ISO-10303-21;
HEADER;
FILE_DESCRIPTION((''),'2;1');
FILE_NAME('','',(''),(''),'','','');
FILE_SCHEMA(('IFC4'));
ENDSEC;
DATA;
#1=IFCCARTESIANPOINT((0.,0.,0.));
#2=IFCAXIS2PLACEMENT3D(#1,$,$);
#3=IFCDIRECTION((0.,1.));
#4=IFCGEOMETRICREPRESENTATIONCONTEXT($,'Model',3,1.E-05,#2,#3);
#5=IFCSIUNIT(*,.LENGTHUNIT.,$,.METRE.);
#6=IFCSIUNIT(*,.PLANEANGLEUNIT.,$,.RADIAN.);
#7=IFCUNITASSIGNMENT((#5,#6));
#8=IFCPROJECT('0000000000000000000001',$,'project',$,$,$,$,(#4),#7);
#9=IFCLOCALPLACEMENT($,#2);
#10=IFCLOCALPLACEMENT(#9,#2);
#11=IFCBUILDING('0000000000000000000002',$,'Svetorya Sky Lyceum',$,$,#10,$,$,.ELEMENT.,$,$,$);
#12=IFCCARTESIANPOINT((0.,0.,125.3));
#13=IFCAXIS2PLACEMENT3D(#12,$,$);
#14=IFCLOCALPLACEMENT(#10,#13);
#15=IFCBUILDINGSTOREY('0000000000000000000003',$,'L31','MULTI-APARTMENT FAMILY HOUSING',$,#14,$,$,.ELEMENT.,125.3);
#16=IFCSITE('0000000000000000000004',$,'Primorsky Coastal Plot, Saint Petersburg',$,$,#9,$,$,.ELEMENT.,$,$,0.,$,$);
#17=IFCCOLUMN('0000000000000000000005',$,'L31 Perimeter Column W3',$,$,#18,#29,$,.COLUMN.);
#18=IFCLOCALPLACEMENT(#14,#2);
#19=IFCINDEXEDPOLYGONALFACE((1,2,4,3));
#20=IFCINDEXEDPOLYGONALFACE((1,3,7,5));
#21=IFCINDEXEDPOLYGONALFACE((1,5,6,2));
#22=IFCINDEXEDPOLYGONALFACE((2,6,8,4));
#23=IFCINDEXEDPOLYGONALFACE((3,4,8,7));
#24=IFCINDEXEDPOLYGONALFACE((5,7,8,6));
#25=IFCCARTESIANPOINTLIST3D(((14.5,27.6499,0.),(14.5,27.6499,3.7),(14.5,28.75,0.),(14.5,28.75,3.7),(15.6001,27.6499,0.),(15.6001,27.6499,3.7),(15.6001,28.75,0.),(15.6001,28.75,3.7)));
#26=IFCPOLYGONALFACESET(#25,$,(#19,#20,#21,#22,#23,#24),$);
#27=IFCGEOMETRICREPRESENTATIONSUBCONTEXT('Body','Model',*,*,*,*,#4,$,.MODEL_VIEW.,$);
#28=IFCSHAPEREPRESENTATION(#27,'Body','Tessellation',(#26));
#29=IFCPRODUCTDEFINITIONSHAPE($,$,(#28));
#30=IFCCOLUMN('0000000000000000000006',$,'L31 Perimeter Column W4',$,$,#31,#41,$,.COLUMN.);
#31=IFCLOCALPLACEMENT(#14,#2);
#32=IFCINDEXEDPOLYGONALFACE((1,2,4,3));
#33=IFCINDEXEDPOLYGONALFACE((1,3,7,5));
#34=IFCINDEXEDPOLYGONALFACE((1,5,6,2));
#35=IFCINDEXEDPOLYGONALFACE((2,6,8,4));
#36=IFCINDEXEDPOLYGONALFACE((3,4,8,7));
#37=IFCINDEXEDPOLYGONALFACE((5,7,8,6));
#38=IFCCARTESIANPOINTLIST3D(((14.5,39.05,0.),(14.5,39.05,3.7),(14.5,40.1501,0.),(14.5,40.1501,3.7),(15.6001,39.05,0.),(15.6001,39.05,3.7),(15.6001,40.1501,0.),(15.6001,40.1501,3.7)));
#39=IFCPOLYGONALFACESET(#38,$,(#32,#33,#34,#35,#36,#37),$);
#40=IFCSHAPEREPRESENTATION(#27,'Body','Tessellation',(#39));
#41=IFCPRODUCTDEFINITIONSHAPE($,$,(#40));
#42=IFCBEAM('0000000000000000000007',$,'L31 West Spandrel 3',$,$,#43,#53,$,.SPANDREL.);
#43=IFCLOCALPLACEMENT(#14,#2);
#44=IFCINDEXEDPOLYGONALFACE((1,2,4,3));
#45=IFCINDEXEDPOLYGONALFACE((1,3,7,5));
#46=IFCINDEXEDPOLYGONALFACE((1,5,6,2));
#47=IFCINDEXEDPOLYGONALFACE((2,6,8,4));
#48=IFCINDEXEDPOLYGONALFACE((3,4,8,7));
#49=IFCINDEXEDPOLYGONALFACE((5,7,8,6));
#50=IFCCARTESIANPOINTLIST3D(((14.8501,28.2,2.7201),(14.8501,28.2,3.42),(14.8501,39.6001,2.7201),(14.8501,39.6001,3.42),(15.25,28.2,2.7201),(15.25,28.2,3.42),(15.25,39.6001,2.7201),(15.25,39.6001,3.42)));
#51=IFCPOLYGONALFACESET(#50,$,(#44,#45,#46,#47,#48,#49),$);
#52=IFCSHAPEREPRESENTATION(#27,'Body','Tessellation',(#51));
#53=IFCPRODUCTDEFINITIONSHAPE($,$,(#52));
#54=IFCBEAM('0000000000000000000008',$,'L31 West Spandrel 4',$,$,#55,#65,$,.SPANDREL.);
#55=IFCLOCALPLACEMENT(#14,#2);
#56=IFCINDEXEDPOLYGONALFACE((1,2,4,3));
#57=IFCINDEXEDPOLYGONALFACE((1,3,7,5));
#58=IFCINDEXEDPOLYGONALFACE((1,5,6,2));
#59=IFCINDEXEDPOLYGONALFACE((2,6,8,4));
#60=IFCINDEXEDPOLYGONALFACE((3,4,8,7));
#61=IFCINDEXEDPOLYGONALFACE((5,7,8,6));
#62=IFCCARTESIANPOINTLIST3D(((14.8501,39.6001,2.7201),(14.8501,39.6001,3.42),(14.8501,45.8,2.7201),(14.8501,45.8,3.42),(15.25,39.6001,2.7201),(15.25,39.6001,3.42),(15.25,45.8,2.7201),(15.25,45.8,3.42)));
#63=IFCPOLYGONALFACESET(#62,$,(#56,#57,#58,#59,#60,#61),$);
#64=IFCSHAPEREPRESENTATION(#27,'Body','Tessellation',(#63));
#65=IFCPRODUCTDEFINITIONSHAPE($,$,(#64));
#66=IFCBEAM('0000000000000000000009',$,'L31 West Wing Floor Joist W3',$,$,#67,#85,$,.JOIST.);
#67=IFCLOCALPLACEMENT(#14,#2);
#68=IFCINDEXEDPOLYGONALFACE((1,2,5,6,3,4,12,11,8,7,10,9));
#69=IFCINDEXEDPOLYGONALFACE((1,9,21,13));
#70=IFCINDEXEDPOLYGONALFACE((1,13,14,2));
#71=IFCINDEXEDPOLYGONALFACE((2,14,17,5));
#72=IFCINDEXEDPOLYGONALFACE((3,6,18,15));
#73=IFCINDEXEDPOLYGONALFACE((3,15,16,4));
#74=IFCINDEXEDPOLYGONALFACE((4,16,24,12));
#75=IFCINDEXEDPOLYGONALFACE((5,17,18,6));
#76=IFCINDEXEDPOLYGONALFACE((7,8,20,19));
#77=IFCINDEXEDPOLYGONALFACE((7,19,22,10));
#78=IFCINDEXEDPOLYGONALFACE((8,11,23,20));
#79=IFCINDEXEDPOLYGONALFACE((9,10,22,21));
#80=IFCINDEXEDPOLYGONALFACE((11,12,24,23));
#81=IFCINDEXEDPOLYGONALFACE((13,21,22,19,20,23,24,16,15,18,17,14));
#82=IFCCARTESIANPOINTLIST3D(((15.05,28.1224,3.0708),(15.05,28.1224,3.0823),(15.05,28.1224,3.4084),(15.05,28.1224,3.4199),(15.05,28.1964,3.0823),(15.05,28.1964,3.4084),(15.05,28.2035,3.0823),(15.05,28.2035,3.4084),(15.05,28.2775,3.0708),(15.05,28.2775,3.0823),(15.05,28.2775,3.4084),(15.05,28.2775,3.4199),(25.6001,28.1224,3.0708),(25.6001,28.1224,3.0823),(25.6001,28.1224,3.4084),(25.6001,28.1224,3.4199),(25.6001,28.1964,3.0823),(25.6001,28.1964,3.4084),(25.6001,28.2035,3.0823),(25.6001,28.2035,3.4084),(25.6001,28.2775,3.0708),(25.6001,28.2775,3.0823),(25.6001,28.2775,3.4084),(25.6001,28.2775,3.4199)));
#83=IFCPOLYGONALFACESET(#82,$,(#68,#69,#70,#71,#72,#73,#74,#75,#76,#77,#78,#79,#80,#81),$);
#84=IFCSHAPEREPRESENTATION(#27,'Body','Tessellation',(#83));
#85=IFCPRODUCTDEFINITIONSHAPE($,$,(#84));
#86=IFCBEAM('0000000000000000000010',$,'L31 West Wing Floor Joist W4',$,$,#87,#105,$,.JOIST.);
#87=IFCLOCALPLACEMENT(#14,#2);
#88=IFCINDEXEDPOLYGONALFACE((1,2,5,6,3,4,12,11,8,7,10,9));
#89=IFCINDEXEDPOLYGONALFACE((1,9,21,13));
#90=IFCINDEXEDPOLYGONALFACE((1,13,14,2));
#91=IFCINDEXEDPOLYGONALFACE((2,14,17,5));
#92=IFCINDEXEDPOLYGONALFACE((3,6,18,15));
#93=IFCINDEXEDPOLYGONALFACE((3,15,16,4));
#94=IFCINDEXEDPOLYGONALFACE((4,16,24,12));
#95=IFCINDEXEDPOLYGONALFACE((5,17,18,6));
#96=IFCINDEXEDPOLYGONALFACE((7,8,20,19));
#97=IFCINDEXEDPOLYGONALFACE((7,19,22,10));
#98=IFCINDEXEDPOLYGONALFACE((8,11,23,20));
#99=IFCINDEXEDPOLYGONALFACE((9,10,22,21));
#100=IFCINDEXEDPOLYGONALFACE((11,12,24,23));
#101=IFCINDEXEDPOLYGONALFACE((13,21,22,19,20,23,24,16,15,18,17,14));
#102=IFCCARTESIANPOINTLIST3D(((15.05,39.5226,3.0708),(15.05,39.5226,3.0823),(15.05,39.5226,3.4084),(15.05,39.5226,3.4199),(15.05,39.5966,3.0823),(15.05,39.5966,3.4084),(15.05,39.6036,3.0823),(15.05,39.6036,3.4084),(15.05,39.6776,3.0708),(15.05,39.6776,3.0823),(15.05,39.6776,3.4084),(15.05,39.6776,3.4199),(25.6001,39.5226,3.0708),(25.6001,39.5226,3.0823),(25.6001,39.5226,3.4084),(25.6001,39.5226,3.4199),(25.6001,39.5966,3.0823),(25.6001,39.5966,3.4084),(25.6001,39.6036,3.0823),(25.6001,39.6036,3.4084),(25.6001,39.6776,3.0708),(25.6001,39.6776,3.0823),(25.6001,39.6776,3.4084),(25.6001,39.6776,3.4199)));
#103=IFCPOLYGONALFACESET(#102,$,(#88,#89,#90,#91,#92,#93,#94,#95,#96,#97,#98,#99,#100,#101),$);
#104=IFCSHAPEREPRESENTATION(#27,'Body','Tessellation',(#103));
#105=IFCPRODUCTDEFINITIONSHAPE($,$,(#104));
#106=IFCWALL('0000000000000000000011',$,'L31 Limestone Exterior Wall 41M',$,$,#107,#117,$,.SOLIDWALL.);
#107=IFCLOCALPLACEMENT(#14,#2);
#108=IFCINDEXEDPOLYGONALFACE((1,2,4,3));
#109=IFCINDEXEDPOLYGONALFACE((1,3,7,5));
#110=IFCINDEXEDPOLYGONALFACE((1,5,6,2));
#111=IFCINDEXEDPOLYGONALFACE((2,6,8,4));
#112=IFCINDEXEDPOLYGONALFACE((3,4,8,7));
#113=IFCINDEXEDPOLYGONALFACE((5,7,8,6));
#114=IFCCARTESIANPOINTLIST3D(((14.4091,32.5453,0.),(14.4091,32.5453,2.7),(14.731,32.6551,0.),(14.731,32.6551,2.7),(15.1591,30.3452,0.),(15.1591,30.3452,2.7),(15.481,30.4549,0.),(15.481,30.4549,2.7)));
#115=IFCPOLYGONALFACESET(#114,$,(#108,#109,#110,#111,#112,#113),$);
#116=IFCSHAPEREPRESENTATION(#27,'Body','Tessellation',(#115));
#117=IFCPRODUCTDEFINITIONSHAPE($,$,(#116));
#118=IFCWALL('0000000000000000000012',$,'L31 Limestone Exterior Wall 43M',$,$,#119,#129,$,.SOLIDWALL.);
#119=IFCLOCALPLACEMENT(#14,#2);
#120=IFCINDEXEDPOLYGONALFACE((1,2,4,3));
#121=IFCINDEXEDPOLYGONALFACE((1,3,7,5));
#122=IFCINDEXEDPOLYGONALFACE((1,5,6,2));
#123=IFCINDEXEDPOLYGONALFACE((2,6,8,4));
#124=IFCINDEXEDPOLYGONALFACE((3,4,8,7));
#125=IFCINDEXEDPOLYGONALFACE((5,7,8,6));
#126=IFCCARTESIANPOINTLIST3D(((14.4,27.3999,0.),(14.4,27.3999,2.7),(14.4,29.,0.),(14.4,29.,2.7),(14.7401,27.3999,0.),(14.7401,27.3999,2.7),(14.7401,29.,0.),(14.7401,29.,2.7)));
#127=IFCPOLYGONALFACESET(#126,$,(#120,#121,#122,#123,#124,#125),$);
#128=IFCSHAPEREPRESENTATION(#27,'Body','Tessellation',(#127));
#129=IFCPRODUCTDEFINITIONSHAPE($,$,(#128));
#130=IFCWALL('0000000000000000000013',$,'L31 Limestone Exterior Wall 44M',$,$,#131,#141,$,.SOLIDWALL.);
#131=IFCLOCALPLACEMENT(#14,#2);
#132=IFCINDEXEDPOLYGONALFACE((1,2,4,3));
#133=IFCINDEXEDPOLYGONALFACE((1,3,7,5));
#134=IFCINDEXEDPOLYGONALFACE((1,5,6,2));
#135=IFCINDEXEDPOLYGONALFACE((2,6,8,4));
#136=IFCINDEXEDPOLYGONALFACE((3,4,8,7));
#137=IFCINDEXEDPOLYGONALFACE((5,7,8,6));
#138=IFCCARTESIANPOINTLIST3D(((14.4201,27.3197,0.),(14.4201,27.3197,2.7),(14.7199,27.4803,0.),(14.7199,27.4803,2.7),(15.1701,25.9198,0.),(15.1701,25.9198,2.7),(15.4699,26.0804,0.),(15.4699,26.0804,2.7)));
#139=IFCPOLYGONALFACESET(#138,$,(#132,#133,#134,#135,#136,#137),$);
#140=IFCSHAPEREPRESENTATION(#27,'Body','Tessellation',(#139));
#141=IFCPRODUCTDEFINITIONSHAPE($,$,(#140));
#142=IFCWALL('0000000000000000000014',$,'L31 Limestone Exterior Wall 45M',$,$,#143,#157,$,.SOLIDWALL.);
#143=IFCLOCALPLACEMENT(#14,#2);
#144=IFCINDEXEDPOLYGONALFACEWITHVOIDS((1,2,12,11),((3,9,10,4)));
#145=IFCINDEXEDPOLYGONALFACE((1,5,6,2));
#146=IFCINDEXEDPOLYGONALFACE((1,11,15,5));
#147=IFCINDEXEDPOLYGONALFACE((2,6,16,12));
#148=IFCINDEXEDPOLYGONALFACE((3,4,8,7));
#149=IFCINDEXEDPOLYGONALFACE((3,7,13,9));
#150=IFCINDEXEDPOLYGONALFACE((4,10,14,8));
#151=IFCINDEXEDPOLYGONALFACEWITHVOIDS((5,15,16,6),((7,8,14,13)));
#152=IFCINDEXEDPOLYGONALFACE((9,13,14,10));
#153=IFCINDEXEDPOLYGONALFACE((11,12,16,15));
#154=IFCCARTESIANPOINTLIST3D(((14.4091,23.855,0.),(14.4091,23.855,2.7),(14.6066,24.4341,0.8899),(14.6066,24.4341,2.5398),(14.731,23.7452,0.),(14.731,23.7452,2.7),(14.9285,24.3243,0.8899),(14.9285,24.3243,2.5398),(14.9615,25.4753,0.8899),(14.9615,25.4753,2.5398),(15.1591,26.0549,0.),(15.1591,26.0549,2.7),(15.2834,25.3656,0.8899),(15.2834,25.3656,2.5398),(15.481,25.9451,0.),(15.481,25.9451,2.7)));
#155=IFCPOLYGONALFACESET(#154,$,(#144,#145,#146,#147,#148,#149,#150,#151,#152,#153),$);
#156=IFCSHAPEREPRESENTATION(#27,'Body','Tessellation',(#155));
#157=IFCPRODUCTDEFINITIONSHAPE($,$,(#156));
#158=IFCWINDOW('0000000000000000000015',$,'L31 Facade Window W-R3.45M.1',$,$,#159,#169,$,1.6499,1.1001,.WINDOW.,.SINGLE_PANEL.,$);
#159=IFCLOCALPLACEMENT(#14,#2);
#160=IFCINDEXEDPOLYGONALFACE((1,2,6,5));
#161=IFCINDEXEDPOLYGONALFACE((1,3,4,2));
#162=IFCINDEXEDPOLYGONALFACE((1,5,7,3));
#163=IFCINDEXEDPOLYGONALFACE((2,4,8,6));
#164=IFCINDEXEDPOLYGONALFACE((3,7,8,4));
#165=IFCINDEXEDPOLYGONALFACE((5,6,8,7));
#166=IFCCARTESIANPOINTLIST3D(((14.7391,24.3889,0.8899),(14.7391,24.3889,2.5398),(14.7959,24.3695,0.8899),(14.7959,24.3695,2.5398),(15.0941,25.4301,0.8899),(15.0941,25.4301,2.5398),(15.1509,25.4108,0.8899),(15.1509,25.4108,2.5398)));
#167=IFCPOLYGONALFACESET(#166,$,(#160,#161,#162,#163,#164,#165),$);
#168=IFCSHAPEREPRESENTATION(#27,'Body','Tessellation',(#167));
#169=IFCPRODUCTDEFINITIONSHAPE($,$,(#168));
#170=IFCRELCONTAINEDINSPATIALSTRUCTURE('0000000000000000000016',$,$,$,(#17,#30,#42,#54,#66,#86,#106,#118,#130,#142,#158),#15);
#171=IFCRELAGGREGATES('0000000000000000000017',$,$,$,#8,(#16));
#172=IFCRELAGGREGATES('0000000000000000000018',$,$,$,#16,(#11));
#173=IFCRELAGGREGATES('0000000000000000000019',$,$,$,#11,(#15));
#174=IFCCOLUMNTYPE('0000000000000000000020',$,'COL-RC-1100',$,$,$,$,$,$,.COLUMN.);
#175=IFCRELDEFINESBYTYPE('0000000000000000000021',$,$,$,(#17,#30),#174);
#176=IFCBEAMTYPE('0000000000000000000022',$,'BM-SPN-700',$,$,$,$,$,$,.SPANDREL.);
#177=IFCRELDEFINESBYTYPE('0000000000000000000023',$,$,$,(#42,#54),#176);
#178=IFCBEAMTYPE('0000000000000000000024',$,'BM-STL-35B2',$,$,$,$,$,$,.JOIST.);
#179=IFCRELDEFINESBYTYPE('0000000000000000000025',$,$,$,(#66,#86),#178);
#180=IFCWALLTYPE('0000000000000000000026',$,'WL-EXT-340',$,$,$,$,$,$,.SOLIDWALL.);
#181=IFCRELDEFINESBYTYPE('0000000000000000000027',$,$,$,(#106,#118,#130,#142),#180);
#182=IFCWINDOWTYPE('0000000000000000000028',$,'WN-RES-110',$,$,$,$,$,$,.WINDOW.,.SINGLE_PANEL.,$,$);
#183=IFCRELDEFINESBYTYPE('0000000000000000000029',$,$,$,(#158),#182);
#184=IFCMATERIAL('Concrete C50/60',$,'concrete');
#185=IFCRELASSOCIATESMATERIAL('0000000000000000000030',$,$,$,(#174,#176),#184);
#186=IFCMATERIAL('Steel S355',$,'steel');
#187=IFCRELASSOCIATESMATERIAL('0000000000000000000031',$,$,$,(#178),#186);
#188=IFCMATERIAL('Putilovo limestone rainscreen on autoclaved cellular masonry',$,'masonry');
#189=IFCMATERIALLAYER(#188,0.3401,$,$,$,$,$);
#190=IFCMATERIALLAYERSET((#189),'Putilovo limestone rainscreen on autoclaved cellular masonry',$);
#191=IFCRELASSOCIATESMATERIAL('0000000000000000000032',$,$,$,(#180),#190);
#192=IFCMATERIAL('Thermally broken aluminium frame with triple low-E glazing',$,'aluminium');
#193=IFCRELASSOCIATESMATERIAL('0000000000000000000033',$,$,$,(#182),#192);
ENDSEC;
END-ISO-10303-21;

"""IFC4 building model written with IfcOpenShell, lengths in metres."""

from ifc_helpers import new_model, si_unit, direction, frame, frame_2d, origin, origin_2d, place, context, subcontext, project, spatial, rectangle, i_section, extrude, material, layer, layer_set, material_profile, profile_set, type_object, element, fill, save


model = new_model("IFC4")

# Units and contexts
model_context = context("Model", 3, precision=1e-05, world=origin(), true_north=direction((0.0, 1.0)))
body_context = subcontext(model_context, "Body", "Model", "MODEL_VIEW")
ifc_project = project(units=[si_unit("LENGTHUNIT", "METRE"), si_unit("PLANEANGLEUNIT", "RADIAN")], contexts=[model_context])

# Site, building, storey
site_placement = place(None, origin())
site = spatial("IfcSite", under=ifc_project, at=site_placement, Name="Primorsky Coastal Plot, Saint Petersburg", CompositionType="ELEMENT", RefElevation=0.0)
building_placement = place(site_placement, origin())
building = spatial("IfcBuilding", under=site, at=building_placement, Name="Svetorya Sky Lyceum", CompositionType="ELEMENT")
storey_placement = place(building_placement, frame((0.0, 0.0, 125.3)))
storey = spatial("IfcBuildingStorey", under=building, at=storey_placement, Name="L31", Description="MULTI-APARTMENT FAMILY HOUSING", CompositionType="ELEMENT", Elevation=125.3)

# Columns
ifc_material_1 = material(Name="Concrete C50/60", Category="concrete")
ifc_material_profile_1 = material_profile(ifc_material_1, rectangle(XDim=1.1001, YDim=1.1001, at=origin_2d()), Name="RC COL 1100x1100")
ifc_profile_set_1 = profile_set([ifc_material_profile_1], Name="Concrete C50/60")
column_type = type_object("IfcColumnType", Name="COL-RC-1100", PredefinedType="COLUMN", material=ifc_profile_set_1)
for number, where, z_axis, x_axis, name in (
    (1, (15.05, 28.2, 0.0), (0.0, 0.0, 1.0), (1.0, 0.0, 0.0), "L31 Perimeter Column W3"),
    (2, (15.05, 39.6001, 0.0), (0.0, 0.0, 1.0), (1.0, 0.0, 0.0), "L31 Perimeter Column W4"),
):
    element("IfcColumn", number, at=place(storey_placement, frame(where, z_axis=z_axis, x_axis=x_axis)), inside=storey, type_object=column_type, Name=name, PredefinedType="COLUMN", context=body_context, shape_type="SweptSolid", body=[
        extrude(rectangle(XDim=1.1001, YDim=1.1001, at=origin_2d()), origin(), (0.0, 0.0, 1.0), 3.7),
    ])

# Beams
ifc_material_profile_2 = material_profile(ifc_material_1, rectangle(XDim=0.3999, YDim=0.7, at=origin_2d()), Name="RC SPANDREL 400x700")
ifc_profile_set_2 = profile_set([ifc_material_profile_2], Name="Concrete C50/60")
beam_type_1 = type_object("IfcBeamType", Name="BM-SPN-700", PredefinedType="SPANDREL", material=ifc_profile_set_2)
beam_1_placement = place(storey_placement, frame((15.05, 28.2, 3.0701), z_axis=(0.0, 1.0, 0.0), x_axis=(-1.0, 0.0, 0.0)))
element("IfcBeam", 3, at=beam_1_placement, inside=storey, type_object=beam_type_1, Name="L31 West Spandrel 3", PredefinedType="SPANDREL", context=body_context, shape_type="SweptSolid", body=[
    extrude(rectangle(XDim=0.3999, YDim=0.7, at=origin_2d()), origin(), (0.0, 0.0, 1.0), 11.4001),
])
beam_2_placement = place(storey_placement, frame((15.05, 39.6001, 3.0701), z_axis=(0.0, 1.0, 0.0), x_axis=(-1.0, 0.0, 0.0)))
element("IfcBeam", 4, at=beam_2_placement, inside=storey, type_object=beam_type_1, Name="L31 West Spandrel 4", PredefinedType="SPANDREL", context=body_context, shape_type="SweptSolid", body=[
    extrude(rectangle(XDim=0.3999, YDim=0.7, at=origin_2d()), origin(), (0.0, 0.0, 1.0), 6.2),
])
ifc_material_2 = material(Name="Steel S355", Category="steel")
ifc_material_profile_3 = material_profile(ifc_material_2, i_section(OverallWidth=0.155, OverallDepth=0.3491, WebThickness=0.0071, FlangeThickness=0.0115, at=origin_2d()), Name="GOST 35B2")
ifc_profile_set_3 = profile_set([ifc_material_profile_3], Name="Steel S355")
beam_type_2 = type_object("IfcBeamType", Name="BM-STL-35B2", PredefinedType="JOIST", material=ifc_profile_set_3)
for number, where, z_axis, x_axis, name in (
    (5, (15.05, 28.2, 3.2454), (1.0, 0.0, 0.0), (0.0, 1.0, 0.0), "L31 West Wing Floor Joist W3"),
    (6, (15.05, 39.6001, 3.2454), (1.0, 0.0, 0.0), (0.0, 1.0, 0.0), "L31 West Wing Floor Joist W4"),
):
    element("IfcBeam", number, at=place(storey_placement, frame(where, z_axis=z_axis, x_axis=x_axis)), inside=storey, type_object=beam_type_2, Name=name, PredefinedType="JOIST", context=body_context, shape_type="SweptSolid", body=[
        extrude(i_section(OverallWidth=0.155, OverallDepth=0.3491, WebThickness=0.0071, FlangeThickness=0.0115, at=origin_2d()), origin(), (0.0, 0.0, 1.0), 10.55),
    ])

# Walls
ifc_material_3 = material(Name="Putilovo limestone rainscreen on autoclaved cellular masonry", Category="masonry")
ifc_layer_1 = layer(ifc_material_3, 0.3401)
ifc_layer_set_1 = layer_set([ifc_layer_1], Name="Putilovo limestone rainscreen on autoclaved cellular masonry")
wall_type_1 = type_object("IfcWallType", Name="WL-EXT-340", PredefinedType="SOLIDWALL", material=ifc_layer_set_1)
wall_1_placement = place(storey_placement, frame((14.5701, 32.6001, 0.0), z_axis=(0.0, 0.0, 1.0), x_axis=(0.322648, -0.946519, 0.0)))
element("IfcWall", 7, at=wall_1_placement, inside=storey, type_object=wall_type_1, Name="L31 Limestone Exterior Wall 41M", PredefinedType="SOLIDWALL", context=body_context, shape_type="SweptSolid", body=[
    extrude(rectangle(XDim=2.3245, YDim=0.3401, at=frame_2d((1.1621, 0.0))), origin(), (0.0, 0.0, 1.0), 2.7),
])
wall_2_placement = place(storey_placement, frame((14.5701, 29.0, 0.0), z_axis=(0.0, 0.0, 1.0), x_axis=(0.0, -1.0, 0.0)))
element("IfcWall", 8, at=wall_2_placement, inside=storey, type_object=wall_type_1, Name="L31 Limestone Exterior Wall 43M", PredefinedType="SOLIDWALL", context=body_context, shape_type="SweptSolid", body=[
    extrude(rectangle(XDim=1.6001, YDim=0.3401, at=frame_2d((0.8, 0.0))), origin(), (0.0, 0.0, 1.0), 2.7),
])
wall_3_placement = place(storey_placement, frame((14.5701, 27.3999, 0.0), z_axis=(0.0, 0.0, 1.0), x_axis=(0.472247, -0.881466, 0.0)))
element("IfcWall", 9, at=wall_3_placement, inside=storey, type_object=wall_type_1, Name="L31 Limestone Exterior Wall 44M", PredefinedType="SOLIDWALL", context=body_context, shape_type="SweptSolid", body=[
    extrude(rectangle(XDim=1.5881, YDim=0.3401, at=frame_2d((0.7939, 0.0))), origin(), (0.0, 0.0, 1.0), 2.7),
])

# Wall, opening, window
wall_4_placement = place(storey_placement, frame((15.3201, 26.0, 0.0), z_axis=(0.0, 0.0, 1.0), x_axis=(-0.32268, -0.946508, 0.0)))
wall_4 = element("IfcWall", 10, at=wall_4_placement, inside=storey, type_object=wall_type_1, Name="L31 Limestone Exterior Wall 45M", PredefinedType="SOLIDWALL", context=body_context, shape_type="SweptSolid", body=[
    extrude(rectangle(XDim=2.3242, YDim=0.3401, at=frame_2d((1.1621, 0.0))), origin(), (0.0, 0.0, 1.0), 2.7),
])
opening_1_placement = place(wall_4_placement, frame((0.6123, 0.0, 0.8899)))
opening_1 = element("IfcOpeningElement", 11, at=opening_1_placement, cuts=wall_4, PredefinedType="OPENING", context=body_context, shape_type="SweptSolid", body=[
    extrude(rectangle(XDim=1.1001, YDim=1.6499, at=frame_2d((0.55, 0.825))), frame((0.0, 0.1799, 0.0), z_axis=(0.0, -1.0, 0.0), x_axis=(1.0, 0.0, 0.0)), (0.0, 0.0, 1.0), 0.3601),
])
ifc_material_4 = material(Name="Thermally broken aluminium frame with triple low-E glazing", Category="aluminium")
window_type_1 = type_object("IfcWindowType", Name="WN-RES-110", PartitioningType="SINGLE_PANEL", PredefinedType="WINDOW", material=ifc_material_4)
window_1_placement = place(opening_1_placement, origin())
window_1 = element("IfcWindow", 12, at=window_1_placement, inside=storey, type_object=window_type_1, Name="L31 Facade Window W-R3.45M.1", OverallHeight=1.6499, OverallWidth=1.1001, PartitioningType="SINGLE_PANEL", PredefinedType="WINDOW", context=body_context, shape_type="SweptSolid", body=[
    extrude(rectangle(XDim=1.1001, YDim=1.6499, at=frame_2d((0.55, 0.825))), frame((0.0, 0.03, 0.0), z_axis=(0.0, -1.0, 0.0), x_axis=(1.0, 0.0, 0.0)), (0.0, 0.0, 1.0), 0.0601),
])
fill(opening_1, window_1)

save(model, "model.ifc")
